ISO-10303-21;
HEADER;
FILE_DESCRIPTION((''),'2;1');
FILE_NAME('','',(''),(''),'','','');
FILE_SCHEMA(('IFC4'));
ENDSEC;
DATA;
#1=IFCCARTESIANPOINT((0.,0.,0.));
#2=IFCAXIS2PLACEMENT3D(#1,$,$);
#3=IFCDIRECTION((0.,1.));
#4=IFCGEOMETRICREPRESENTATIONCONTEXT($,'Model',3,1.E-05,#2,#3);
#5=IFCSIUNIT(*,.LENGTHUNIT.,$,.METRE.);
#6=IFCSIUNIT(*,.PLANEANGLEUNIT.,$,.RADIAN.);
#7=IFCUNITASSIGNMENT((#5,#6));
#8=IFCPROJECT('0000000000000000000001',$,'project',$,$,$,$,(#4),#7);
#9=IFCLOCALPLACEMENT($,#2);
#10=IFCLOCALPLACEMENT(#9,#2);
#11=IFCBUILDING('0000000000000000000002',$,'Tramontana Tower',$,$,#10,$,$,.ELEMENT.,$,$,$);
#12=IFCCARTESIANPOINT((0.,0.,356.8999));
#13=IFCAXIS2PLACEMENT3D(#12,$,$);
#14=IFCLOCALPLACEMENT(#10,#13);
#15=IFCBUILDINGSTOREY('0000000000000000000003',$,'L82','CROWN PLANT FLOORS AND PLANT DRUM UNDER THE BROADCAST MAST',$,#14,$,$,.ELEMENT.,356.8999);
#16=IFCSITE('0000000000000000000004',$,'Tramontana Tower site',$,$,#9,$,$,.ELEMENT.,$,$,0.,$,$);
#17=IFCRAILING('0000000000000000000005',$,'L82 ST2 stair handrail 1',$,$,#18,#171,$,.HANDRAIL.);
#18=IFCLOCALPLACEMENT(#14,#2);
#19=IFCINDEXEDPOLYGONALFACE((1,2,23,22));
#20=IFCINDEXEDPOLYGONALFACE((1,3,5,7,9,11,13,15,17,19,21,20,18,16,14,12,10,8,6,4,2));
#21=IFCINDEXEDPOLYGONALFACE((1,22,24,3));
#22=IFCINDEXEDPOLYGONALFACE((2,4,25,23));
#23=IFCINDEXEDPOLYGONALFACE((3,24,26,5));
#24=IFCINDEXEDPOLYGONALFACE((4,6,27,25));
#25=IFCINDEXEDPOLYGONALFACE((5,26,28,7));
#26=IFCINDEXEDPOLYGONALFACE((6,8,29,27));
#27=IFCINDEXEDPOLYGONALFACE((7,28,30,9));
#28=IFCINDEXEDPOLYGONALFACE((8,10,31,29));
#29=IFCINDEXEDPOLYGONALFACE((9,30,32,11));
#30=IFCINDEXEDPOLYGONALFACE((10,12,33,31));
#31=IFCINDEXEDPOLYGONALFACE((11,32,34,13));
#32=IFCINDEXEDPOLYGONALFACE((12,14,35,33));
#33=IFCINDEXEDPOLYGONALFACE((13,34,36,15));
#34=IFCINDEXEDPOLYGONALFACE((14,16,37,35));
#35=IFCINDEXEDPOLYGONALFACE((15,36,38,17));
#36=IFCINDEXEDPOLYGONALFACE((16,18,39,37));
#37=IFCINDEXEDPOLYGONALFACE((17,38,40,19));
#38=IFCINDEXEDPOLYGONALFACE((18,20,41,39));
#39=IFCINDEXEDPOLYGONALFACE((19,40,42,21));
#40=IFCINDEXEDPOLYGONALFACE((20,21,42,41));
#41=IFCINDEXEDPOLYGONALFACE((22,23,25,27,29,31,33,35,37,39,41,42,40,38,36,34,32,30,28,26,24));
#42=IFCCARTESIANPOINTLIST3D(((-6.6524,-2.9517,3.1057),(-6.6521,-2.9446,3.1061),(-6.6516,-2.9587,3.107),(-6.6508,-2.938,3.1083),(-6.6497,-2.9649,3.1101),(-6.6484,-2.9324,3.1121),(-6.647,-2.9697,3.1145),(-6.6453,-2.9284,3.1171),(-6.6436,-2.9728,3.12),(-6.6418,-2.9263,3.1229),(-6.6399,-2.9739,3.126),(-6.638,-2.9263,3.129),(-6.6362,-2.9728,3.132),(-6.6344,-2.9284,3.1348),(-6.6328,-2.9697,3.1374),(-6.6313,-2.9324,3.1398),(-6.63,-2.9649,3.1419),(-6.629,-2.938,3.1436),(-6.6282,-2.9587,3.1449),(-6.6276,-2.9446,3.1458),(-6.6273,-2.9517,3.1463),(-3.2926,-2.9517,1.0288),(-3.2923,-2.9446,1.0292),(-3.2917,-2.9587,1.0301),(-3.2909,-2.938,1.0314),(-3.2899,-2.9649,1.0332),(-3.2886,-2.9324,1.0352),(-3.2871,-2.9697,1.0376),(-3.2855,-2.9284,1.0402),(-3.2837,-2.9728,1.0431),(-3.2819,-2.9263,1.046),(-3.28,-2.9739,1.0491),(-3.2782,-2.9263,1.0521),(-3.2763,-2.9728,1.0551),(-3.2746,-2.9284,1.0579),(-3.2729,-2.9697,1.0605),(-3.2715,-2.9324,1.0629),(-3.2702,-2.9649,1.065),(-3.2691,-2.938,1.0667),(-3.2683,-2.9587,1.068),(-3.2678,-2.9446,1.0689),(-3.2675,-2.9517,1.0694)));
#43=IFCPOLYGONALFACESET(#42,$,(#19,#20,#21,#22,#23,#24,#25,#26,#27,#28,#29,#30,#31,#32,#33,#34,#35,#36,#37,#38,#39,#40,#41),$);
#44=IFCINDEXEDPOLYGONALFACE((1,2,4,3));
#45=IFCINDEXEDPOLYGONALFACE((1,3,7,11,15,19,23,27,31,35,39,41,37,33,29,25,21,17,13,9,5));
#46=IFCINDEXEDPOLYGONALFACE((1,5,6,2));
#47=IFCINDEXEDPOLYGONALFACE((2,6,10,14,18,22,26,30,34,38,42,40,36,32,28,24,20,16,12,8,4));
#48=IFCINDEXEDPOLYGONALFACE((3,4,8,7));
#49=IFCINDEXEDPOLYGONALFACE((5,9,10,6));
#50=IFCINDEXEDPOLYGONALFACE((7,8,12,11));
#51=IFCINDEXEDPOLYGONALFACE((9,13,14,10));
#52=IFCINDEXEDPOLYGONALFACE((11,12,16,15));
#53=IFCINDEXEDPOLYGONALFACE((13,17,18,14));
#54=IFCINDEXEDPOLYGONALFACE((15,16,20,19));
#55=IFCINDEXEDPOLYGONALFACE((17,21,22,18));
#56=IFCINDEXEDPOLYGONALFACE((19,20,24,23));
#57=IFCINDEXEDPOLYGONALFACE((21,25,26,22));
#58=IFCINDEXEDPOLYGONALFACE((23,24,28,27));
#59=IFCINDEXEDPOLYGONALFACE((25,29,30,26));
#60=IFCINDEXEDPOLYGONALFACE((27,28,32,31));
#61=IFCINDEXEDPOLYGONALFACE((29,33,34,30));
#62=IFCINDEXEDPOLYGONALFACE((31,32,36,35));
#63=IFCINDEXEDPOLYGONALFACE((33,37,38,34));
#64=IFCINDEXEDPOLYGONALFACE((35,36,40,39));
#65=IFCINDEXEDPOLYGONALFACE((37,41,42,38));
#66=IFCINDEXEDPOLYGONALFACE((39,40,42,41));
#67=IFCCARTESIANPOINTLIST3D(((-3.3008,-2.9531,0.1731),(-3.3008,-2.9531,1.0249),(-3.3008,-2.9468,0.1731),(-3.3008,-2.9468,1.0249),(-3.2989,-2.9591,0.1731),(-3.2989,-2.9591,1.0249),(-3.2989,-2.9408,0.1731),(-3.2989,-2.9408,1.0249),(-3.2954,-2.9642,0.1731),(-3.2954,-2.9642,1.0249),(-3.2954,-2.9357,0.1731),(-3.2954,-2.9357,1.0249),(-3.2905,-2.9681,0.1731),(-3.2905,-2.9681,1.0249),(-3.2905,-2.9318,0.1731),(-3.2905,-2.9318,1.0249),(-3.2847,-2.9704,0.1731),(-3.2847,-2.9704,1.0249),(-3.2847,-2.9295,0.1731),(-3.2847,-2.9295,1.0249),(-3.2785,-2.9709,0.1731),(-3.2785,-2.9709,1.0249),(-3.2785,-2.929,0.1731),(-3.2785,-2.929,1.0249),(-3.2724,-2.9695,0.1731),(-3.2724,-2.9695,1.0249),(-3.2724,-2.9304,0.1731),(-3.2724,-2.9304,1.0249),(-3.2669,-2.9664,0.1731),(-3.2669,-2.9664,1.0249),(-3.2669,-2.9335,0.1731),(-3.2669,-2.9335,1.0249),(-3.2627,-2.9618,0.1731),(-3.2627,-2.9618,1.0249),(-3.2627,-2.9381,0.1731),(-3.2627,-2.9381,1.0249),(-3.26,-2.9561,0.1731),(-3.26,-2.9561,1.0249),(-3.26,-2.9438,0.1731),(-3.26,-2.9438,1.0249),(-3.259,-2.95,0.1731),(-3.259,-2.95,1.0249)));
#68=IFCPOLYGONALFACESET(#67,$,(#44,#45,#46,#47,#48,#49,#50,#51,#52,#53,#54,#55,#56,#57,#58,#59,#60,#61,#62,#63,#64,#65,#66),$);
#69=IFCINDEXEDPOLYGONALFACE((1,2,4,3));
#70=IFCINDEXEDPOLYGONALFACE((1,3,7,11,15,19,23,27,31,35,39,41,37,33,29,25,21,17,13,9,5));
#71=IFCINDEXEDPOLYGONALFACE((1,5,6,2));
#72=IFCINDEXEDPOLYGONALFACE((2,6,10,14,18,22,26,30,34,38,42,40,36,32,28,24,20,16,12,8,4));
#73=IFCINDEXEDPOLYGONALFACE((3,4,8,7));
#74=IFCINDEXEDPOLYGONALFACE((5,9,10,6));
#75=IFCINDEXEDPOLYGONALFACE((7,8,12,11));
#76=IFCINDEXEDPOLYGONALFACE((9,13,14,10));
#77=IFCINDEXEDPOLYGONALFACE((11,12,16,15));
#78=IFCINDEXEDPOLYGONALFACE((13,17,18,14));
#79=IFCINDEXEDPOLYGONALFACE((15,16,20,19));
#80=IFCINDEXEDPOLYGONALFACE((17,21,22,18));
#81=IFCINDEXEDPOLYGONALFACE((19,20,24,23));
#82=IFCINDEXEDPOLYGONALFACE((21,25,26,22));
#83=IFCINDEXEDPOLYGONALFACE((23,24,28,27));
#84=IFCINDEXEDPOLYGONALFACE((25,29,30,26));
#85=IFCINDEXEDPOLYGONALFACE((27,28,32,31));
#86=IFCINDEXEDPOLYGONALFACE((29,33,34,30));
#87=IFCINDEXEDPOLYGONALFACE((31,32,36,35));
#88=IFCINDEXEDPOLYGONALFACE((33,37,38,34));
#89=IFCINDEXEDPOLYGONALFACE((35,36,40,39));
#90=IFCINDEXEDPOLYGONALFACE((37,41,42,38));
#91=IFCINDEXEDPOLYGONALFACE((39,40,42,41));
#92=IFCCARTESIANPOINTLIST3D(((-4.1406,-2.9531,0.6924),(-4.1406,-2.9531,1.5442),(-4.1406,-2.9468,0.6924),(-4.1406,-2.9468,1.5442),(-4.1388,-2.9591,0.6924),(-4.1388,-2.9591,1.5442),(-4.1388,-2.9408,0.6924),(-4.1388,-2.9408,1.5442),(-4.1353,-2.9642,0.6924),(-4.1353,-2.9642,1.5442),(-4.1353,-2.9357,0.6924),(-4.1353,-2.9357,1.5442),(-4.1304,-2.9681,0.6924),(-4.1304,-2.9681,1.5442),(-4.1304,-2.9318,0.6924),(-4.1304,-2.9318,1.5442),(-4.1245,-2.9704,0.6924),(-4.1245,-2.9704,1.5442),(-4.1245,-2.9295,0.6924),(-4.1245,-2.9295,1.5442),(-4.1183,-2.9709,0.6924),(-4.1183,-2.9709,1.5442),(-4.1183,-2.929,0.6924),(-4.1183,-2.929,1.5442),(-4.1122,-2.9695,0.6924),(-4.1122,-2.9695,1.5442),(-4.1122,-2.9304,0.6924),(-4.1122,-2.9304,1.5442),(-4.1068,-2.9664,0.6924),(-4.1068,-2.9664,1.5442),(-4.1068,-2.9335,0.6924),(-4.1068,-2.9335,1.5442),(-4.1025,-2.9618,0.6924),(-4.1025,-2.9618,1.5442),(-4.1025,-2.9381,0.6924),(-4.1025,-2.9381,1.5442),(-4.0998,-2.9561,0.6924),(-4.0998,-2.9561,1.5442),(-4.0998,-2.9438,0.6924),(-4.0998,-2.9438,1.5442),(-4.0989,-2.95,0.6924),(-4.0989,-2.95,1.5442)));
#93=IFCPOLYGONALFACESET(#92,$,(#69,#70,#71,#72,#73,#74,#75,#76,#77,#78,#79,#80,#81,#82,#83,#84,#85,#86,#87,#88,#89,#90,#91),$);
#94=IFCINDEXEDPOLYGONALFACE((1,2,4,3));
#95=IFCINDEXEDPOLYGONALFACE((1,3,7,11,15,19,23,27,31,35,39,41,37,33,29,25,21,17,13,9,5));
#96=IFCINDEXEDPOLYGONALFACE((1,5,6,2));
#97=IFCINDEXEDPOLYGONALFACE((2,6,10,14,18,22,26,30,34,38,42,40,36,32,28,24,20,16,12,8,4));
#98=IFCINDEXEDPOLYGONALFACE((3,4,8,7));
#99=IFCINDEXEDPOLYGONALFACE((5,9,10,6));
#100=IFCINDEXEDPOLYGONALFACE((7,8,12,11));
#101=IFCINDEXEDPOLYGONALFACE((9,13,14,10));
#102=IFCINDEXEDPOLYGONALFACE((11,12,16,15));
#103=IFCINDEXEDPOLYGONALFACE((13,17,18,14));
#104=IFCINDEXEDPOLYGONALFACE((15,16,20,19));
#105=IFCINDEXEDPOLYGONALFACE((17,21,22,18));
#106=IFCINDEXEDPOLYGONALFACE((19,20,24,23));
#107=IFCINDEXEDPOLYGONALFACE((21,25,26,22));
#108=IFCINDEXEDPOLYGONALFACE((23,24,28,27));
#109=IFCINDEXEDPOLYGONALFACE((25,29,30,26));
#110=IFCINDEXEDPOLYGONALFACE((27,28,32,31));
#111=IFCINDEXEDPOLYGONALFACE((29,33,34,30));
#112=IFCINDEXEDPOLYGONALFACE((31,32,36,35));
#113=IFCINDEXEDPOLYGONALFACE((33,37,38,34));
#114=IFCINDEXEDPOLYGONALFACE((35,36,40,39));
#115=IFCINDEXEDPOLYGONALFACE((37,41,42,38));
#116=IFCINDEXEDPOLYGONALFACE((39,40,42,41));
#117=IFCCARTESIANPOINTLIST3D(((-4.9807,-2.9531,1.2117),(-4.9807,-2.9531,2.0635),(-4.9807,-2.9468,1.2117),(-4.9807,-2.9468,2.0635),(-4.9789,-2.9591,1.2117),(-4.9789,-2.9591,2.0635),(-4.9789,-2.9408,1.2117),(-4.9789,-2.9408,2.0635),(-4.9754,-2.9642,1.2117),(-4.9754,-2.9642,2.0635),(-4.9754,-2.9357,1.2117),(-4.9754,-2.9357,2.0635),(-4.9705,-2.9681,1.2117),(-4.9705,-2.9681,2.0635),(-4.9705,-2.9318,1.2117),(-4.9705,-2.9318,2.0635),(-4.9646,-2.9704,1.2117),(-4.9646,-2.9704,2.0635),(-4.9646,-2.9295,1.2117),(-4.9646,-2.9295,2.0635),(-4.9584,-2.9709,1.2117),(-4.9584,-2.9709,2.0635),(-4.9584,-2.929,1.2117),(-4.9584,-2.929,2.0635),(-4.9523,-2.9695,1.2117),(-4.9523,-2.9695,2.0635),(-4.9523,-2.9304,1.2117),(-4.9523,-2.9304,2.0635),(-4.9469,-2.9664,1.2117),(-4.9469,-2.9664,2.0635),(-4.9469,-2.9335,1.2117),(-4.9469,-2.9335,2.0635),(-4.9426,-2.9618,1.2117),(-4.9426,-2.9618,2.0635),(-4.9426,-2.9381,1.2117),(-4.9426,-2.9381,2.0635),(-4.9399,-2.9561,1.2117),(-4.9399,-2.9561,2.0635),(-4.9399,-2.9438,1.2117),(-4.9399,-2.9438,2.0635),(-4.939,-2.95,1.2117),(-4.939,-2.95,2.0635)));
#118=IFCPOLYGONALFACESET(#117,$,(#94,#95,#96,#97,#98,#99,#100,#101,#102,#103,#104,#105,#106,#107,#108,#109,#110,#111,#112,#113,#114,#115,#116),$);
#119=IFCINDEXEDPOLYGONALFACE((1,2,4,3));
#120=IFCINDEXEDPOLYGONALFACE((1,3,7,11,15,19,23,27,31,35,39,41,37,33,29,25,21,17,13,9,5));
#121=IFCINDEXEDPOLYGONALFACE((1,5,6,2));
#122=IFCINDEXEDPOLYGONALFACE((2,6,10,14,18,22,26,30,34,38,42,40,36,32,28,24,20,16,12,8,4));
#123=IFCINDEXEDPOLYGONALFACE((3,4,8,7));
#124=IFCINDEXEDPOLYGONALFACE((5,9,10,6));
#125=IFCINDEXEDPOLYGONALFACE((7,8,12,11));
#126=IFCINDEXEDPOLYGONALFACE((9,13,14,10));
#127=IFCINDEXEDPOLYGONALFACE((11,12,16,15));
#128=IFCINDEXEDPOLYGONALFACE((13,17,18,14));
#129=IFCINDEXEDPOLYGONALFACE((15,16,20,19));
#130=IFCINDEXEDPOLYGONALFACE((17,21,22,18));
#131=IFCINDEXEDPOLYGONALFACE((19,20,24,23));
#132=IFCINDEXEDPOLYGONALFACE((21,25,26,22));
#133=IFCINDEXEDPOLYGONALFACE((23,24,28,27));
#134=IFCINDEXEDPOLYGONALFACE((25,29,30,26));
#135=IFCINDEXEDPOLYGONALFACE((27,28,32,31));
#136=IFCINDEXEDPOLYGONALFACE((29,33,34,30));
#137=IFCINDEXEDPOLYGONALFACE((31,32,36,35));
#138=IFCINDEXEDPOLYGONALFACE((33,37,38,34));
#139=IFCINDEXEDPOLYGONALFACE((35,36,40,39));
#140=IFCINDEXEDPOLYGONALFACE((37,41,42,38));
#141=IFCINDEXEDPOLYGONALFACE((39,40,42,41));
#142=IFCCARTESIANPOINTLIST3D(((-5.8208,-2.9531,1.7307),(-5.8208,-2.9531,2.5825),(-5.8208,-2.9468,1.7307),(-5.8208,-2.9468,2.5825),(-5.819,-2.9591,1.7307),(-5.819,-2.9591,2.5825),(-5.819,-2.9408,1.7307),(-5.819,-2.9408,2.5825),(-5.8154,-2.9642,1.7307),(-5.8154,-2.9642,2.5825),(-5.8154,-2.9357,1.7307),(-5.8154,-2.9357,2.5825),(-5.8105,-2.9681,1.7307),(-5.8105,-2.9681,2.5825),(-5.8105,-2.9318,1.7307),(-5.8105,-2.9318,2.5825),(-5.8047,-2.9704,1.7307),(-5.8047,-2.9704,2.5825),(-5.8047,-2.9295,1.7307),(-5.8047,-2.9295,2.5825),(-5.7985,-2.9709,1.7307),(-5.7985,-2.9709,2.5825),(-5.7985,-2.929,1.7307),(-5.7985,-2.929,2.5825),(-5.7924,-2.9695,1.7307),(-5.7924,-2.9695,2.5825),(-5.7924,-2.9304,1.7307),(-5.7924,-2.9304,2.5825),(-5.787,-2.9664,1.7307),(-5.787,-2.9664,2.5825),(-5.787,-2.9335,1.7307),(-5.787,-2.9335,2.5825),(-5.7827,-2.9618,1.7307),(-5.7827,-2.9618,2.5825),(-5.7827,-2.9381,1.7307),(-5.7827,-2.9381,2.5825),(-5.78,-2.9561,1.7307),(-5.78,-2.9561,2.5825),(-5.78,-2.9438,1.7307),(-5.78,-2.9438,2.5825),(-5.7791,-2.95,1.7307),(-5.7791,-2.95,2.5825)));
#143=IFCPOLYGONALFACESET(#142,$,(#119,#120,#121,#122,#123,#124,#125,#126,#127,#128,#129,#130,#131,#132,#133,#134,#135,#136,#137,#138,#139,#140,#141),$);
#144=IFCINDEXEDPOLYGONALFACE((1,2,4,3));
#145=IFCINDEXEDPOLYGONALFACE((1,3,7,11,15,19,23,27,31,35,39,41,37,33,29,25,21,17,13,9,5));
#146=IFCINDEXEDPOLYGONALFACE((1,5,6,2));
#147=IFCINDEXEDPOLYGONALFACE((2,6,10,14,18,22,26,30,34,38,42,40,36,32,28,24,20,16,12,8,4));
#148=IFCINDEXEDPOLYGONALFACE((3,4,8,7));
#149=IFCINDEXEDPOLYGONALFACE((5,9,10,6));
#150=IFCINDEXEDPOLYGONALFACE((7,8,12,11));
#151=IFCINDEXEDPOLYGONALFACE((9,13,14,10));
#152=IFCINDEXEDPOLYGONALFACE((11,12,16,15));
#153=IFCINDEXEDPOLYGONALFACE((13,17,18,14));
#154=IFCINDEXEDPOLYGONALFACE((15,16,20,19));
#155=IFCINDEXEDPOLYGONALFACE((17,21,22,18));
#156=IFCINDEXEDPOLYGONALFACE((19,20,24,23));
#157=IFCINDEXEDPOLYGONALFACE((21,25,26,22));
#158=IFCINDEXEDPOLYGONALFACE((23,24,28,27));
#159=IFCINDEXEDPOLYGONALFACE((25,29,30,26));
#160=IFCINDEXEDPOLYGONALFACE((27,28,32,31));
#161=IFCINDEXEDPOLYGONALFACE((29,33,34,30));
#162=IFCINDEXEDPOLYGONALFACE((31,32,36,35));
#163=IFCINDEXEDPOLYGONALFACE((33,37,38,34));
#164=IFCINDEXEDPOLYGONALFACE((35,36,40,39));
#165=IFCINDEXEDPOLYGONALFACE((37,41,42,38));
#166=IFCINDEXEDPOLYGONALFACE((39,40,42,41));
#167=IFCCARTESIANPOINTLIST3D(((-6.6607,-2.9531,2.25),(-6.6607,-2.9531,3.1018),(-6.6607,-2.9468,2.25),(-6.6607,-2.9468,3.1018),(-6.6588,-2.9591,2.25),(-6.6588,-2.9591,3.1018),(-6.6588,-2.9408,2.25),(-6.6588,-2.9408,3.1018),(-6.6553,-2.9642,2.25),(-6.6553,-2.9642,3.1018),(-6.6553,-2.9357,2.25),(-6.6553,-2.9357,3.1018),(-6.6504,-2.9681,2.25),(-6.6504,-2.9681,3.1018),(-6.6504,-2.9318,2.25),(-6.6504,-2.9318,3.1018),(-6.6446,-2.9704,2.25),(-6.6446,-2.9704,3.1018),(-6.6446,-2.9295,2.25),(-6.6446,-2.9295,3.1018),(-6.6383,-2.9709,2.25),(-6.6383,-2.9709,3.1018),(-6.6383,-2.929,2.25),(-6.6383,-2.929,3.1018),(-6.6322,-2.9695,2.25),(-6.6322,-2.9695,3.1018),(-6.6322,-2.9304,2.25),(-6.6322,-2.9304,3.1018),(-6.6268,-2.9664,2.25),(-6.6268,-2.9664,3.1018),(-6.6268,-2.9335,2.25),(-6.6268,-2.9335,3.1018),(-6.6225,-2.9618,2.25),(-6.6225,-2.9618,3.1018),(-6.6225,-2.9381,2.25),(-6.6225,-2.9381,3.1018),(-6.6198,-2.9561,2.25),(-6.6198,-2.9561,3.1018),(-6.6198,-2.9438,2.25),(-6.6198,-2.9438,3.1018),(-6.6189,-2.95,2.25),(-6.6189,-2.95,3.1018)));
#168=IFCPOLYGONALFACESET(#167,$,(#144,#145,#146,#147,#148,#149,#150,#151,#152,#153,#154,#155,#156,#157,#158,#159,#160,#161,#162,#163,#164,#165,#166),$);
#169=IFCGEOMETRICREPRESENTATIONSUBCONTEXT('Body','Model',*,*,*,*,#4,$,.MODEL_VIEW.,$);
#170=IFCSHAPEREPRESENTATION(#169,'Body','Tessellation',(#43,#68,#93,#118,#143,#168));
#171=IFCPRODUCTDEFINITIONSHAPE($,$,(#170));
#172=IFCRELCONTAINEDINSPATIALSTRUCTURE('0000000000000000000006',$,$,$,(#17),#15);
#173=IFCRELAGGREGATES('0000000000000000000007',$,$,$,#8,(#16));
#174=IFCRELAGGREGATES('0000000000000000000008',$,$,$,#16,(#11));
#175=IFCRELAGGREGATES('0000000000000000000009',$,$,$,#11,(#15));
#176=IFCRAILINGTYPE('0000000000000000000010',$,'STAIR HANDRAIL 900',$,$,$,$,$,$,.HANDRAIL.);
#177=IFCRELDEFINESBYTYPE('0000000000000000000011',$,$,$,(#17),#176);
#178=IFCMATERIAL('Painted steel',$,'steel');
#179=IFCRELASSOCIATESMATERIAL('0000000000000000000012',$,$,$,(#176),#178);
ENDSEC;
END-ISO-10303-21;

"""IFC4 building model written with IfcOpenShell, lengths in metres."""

from ifc_helpers import new_model, si_unit, direction, frame, origin, origin_2d, place, context, subcontext, project, spatial, circle, extrude, material, type_object, element, save


model = new_model("IFC4")

# Units and contexts
model_context = context("Model", 3, precision=1e-05, world=origin(), true_north=direction((0.0, 1.0)))
body_context = subcontext(model_context, "Body", "Model", "MODEL_VIEW")
ifc_project = project(units=[si_unit("LENGTHUNIT", "METRE"), si_unit("PLANEANGLEUNIT", "RADIAN")], contexts=[model_context])

# Site, building, storey
site_placement = place(None, origin())
site = spatial("IfcSite", under=ifc_project, at=site_placement, Name="Tramontana Tower site", CompositionType="ELEMENT", RefElevation=0.0)
building_placement = place(site_placement, origin())
building = spatial("IfcBuilding", under=site, at=building_placement, Name="Tramontana Tower", CompositionType="ELEMENT")
storey_placement = place(building_placement, frame((0.0, 0.0, 356.8999)))
storey = spatial("IfcBuildingStorey", under=building, at=storey_placement, Name="L82", Description="CROWN PLANT FLOORS AND PLANT DRUM UNDER THE BROADCAST MAST", CompositionType="ELEMENT", Elevation=356.8999)

# Railing
ifc_material_1 = material(Name="Painted steel", Category="steel")
railing_type_1 = type_object("IfcRailingType", Name="STAIR HANDRAIL 900", PredefinedType="HANDRAIL", material=ifc_material_1)
railing_1_placement = place(storey_placement, frame((-3.28, -2.95, 0.1731)))
element("IfcRailing", 1, at=railing_1_placement, inside=storey, type_object=railing_type_1, Name="L82 ST2 stair handrail 1", PredefinedType="HANDRAIL", context=body_context, shape_type="SweptSolid", body=[
    extrude(circle(Radius=0.0239, at=origin_2d()), frame((0.0, 0.0, 0.876), z_axis=(-0.850606, 0.0, 0.525803), x_axis=(0.0, -1.0, 0.0)), (0.0, 0.0, 1.0), 3.95),
    extrude(circle(Radius=0.021, at=origin_2d()), origin(), (0.0, 0.0, 1.0), 0.8518),
    extrude(circle(Radius=0.021, at=origin_2d()), frame((-0.8398, 0.0, 0.5193)), (0.0, 0.0, 1.0), 0.8518),
    extrude(circle(Radius=0.021, at=origin_2d()), frame((-1.6799, 0.0, 1.0386)), (0.0, 0.0, 1.0), 0.8518),
    extrude(circle(Radius=0.021, at=origin_2d()), frame((-2.52, 0.0, 1.5576)), (0.0, 0.0, 1.0), 0.8518),
    extrude(circle(Radius=0.021, at=origin_2d()), frame((-3.3599, 0.0, 2.0769)), (0.0, 0.0, 1.0), 0.8518),
])

save(model, "model.ifc")
